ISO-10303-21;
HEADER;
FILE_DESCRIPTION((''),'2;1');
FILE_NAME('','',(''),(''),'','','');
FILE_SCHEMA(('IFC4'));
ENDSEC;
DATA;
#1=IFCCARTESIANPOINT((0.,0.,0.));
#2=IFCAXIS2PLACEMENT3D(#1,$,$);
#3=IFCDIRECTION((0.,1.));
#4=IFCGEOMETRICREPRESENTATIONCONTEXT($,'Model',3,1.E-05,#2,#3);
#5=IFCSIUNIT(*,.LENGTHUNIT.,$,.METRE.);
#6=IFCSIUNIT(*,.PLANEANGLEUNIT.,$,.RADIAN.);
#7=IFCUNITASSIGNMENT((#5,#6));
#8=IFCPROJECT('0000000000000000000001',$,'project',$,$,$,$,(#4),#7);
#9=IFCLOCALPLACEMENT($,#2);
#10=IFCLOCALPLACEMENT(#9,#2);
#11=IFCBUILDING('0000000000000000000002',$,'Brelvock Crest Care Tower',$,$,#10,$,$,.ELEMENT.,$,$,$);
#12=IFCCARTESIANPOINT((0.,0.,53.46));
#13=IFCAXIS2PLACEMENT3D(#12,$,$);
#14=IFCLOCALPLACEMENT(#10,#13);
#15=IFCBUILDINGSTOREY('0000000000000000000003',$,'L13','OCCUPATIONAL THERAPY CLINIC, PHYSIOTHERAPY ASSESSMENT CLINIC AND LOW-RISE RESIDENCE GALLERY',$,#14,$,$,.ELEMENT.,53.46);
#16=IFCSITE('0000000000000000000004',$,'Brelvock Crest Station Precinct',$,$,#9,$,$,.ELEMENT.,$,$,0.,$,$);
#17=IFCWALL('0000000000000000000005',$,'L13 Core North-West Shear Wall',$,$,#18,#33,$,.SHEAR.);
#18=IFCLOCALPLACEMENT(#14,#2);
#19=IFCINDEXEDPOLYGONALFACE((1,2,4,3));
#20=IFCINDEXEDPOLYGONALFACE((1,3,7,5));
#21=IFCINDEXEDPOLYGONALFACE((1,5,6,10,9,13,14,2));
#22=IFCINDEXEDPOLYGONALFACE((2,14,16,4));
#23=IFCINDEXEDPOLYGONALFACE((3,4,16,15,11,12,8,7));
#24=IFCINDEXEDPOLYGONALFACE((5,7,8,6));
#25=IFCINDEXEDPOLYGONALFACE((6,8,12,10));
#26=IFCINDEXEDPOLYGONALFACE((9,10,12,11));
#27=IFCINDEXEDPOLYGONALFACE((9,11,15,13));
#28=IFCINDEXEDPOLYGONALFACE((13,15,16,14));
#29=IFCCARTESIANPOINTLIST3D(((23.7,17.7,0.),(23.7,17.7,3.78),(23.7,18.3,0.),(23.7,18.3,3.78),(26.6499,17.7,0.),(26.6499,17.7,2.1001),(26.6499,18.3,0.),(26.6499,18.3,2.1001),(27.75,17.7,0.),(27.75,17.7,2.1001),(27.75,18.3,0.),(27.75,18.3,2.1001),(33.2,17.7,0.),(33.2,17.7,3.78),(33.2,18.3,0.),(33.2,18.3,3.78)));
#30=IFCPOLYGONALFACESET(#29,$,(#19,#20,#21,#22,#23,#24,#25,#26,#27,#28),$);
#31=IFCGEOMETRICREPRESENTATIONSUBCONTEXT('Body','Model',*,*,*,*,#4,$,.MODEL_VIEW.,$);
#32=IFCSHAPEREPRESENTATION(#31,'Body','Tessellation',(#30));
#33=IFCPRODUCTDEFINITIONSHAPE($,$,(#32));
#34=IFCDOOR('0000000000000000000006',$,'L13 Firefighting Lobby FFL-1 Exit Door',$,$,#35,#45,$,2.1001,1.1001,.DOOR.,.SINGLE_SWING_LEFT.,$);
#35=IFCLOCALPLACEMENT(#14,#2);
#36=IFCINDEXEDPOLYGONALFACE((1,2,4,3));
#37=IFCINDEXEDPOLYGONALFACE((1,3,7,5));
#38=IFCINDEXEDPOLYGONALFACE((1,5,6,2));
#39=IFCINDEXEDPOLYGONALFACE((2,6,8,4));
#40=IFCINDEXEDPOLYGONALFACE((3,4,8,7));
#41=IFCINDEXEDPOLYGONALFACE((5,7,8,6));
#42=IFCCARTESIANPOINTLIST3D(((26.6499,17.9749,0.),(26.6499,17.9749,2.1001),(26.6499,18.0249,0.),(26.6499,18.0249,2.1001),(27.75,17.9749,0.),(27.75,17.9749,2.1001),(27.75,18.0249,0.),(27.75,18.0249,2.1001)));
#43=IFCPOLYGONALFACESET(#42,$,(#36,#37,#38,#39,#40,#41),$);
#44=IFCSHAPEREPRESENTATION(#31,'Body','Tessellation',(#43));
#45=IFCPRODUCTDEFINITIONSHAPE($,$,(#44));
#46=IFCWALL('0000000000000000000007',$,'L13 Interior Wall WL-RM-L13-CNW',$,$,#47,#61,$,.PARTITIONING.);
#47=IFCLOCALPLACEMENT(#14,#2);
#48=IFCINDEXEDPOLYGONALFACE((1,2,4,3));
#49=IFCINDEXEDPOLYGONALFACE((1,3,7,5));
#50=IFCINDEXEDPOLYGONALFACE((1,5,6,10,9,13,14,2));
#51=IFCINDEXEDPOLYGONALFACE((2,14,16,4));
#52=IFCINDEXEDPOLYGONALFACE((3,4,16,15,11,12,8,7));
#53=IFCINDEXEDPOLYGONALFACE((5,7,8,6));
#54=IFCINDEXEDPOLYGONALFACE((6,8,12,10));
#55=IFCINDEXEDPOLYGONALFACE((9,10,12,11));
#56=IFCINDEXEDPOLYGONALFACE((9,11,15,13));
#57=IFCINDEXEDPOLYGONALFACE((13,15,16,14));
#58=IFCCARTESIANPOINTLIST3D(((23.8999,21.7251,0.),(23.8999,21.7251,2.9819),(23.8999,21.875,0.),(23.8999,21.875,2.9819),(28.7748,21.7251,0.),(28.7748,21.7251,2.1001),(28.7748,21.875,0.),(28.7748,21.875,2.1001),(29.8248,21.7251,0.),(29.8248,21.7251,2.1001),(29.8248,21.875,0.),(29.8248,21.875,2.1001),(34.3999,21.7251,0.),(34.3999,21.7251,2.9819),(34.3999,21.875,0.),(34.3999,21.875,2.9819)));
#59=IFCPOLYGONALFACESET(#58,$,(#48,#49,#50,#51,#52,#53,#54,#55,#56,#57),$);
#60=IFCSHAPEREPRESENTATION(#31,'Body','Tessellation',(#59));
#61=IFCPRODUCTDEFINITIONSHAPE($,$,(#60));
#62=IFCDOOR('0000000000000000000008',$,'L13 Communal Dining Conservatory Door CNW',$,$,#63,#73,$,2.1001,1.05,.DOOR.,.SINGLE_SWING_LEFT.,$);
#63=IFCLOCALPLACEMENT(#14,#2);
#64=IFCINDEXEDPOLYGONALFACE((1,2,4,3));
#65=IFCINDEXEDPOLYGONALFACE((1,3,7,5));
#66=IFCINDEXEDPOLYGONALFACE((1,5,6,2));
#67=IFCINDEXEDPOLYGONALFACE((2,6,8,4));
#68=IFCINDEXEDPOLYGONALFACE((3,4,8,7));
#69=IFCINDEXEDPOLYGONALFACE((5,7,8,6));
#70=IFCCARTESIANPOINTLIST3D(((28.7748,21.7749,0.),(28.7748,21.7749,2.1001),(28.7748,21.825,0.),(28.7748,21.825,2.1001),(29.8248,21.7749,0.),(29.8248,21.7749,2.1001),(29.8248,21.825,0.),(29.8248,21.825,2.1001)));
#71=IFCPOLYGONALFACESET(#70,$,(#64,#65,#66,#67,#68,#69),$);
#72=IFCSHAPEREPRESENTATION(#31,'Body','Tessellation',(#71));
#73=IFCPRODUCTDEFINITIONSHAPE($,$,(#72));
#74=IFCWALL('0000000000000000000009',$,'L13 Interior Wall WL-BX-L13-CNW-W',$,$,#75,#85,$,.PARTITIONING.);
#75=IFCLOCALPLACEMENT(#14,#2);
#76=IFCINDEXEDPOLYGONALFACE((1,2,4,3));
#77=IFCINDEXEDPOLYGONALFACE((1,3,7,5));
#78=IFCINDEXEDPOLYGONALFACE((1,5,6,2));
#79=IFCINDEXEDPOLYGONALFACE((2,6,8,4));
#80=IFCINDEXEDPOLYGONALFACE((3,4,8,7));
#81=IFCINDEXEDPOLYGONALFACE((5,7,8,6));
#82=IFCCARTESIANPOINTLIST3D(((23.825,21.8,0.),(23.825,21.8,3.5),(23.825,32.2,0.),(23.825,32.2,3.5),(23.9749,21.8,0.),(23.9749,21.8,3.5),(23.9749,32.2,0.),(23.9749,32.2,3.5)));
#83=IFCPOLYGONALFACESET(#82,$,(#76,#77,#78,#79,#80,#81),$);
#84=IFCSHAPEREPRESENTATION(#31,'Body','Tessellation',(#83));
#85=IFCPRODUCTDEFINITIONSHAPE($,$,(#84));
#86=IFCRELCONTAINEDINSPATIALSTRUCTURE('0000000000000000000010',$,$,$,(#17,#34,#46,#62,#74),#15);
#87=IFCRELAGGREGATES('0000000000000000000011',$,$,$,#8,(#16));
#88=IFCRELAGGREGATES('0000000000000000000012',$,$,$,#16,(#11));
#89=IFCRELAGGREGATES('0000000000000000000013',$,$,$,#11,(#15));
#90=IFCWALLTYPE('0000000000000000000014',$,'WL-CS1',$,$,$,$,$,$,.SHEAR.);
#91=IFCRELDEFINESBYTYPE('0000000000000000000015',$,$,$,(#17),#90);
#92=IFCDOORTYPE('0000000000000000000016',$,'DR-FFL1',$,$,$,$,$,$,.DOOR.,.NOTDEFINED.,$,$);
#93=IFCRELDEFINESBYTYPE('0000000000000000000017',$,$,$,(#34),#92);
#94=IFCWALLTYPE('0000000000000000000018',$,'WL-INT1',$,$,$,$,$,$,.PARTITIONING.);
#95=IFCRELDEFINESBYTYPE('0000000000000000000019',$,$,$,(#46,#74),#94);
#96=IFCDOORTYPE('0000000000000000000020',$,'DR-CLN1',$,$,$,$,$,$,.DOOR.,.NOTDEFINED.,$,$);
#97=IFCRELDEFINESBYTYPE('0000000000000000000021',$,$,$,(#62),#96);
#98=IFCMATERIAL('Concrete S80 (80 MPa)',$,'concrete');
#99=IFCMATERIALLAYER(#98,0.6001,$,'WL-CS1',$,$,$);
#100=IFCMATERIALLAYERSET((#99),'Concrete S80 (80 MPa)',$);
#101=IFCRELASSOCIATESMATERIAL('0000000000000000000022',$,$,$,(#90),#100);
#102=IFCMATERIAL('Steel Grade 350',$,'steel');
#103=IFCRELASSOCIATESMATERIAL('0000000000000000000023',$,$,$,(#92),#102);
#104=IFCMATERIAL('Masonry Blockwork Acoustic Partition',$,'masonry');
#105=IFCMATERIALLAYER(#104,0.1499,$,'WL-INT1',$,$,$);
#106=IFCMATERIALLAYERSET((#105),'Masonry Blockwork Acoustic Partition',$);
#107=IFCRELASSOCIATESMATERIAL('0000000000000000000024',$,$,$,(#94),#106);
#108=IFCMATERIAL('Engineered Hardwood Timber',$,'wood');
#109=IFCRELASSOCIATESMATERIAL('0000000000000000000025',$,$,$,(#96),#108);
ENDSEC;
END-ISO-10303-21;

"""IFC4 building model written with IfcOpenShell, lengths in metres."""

from ifc_helpers import new_model, si_unit, direction, frame, frame_2d, origin, origin_2d, place, context, subcontext, project, spatial, rectangle, extrude, source, transform, mapped, material, layer, layer_set, type_object, element, fill, save


model = new_model("IFC4")

# Units and contexts
model_context = context("Model", 3, precision=1e-05, world=origin(), true_north=direction((0.0, 1.0)))
body_context = subcontext(model_context, "Body", "Model", "MODEL_VIEW")
ifc_project = project(units=[si_unit("LENGTHUNIT", "METRE"), si_unit("PLANEANGLEUNIT", "RADIAN")], contexts=[model_context])

# Site, building, storey
site_placement = place(None, origin())
site = spatial("IfcSite", under=ifc_project, at=site_placement, Name="Brelvock Crest Station Precinct", CompositionType="ELEMENT", RefElevation=0.0)
building_placement = place(site_placement, origin())
building = spatial("IfcBuilding", under=site, at=building_placement, Name="Brelvock Crest Care Tower", CompositionType="ELEMENT")
storey_placement = place(building_placement, frame((0.0, 0.0, 53.46)))
storey = spatial("IfcBuildingStorey", under=building, at=storey_placement, Name="L13", Description="OCCUPATIONAL THERAPY CLINIC, PHYSIOTHERAPY ASSESSMENT CLINIC AND LOW-RISE RESIDENCE GALLERY", CompositionType="ELEMENT", Elevation=53.46)

# Shared definitions
ifc_material_1 = material(Name="Concrete S80 (80 MPa)", Category="concrete")
ifc_material_2 = material(Name="Steel Grade 350", Category="steel")

# Walls, openings, doors
ifc_layer_1 = layer(ifc_material_1, 0.6001, Name="WL-CS1")
ifc_layer_set_1 = layer_set([ifc_layer_1], Name="Concrete S80 (80 MPa)")
wall_type_1 = type_object("IfcWallType", Name="WL-CS1", PredefinedType="SHEAR", material=ifc_layer_set_1)
wall_1_placement = place(storey_placement, frame((23.7, 18.0, 0.0), z_axis=(0.0, 0.0, 1.0), x_axis=(1.0, 0.0, 0.0)))
wall_1 = element("IfcWall", 1, at=wall_1_placement, inside=storey, type_object=wall_type_1, Name="L13 Core North-West Shear Wall", PredefinedType="SHEAR", context=body_context, shape_type="SweptSolid", body=[
    extrude(rectangle(XDim=9.5, YDim=0.6001, at=frame_2d((4.75, 0.0))), origin(), (0.0, 0.0, 1.0), 3.78),
])
opening_1_placement = place(wall_1_placement, frame((2.95, 0.0, 0.0)))
opening_1 = element("IfcOpeningElement", 2, at=opening_1_placement, cuts=wall_1, PredefinedType="OPENING", context=body_context, shape_type="SweptSolid", body=[
    extrude(rectangle(XDim=1.1001, YDim=2.1001, at=origin_2d()), frame((0.55, 0.3101, 1.05), z_axis=(0.0, -1.0, 0.0), x_axis=(1.0, 0.0, 0.0)), (0.0, 0.0, 1.0), 0.6201),
])
door_type_1 = type_object("IfcDoorType", Name="DR-FFL1", OperationType="NOTDEFINED", PredefinedType="DOOR", material=ifc_material_2)
shared_shape_1 = source(origin(), body_context, "Body", "SweptSolid", [
    extrude(rectangle(XDim=1.1001, YDim=2.1001, at=origin_2d()), frame((0.55, 0.0249, 1.05), z_axis=(0.0, -1.0, 0.0), x_axis=(1.0, 0.0, 0.0)), (0.0, 0.0, 1.0), 0.05),
])
door_1_placement = place(opening_1_placement, origin())
door_1 = element("IfcDoor", 3, at=door_1_placement, inside=storey, type_object=door_type_1, Name="L13 Firefighting Lobby FFL-1 Exit Door", OperationType="SINGLE_SWING_LEFT", OverallHeight=2.1001, OverallWidth=1.1001, PredefinedType="DOOR", context=body_context, shape_type="MappedRepresentation", body=[
    mapped(shared_shape_1, transform((0.0, 0.0, 0.0), x_axis=(1.0, 0.0, 0.0), y_axis=(0.0, 1.0, 0.0), z_axis=(0.0, 0.0, 1.0), scale=1.0)),
])
fill(opening_1, door_1)
ifc_material_3 = material(Name="Masonry Blockwork Acoustic Partition", Category="masonry")
ifc_layer_2 = layer(ifc_material_3, 0.1499, Name="WL-INT1")
ifc_layer_set_2 = layer_set([ifc_layer_2], Name="Masonry Blockwork Acoustic Partition")
wall_type_2 = type_object("IfcWallType", Name="WL-INT1", PredefinedType="PARTITIONING", material=ifc_layer_set_2)
wall_2_placement = place(storey_placement, frame((23.8999, 21.8, 0.0), z_axis=(0.0, 0.0, 1.0), x_axis=(1.0, 0.0, 0.0)))
wall_2 = element("IfcWall", 4, at=wall_2_placement, inside=storey, type_object=wall_type_2, Name="L13 Interior Wall WL-RM-L13-CNW", PredefinedType="PARTITIONING", context=body_context, shape_type="SweptSolid", body=[
    extrude(rectangle(XDim=10.5, YDim=0.1499, at=frame_2d((5.25, 0.0))), origin(), (0.0, 0.0, 1.0), 2.9819),
])
opening_2_placement = place(wall_2_placement, frame((4.875, 0.0, 0.0)))
opening_2 = element("IfcOpeningElement", 5, at=opening_2_placement, cuts=wall_2, PredefinedType="OPENING", context=body_context, shape_type="SweptSolid", body=[
    extrude(rectangle(XDim=1.05, YDim=2.1001, at=origin_2d()), frame((0.5249, 0.085, 1.05), z_axis=(0.0, -1.0, 0.0), x_axis=(1.0, 0.0, 0.0)), (0.0, 0.0, 1.0), 0.1699),
])
ifc_material_4 = material(Name="Engineered Hardwood Timber", Category="wood")
door_type_2 = type_object("IfcDoorType", Name="DR-CLN1", OperationType="NOTDEFINED", PredefinedType="DOOR", material=ifc_material_4)
shared_shape_2 = source(origin(), body_context, "Body", "SweptSolid", [
    extrude(rectangle(XDim=1.05, YDim=2.1001, at=origin_2d()), frame((0.5249, 0.0249, 1.05), z_axis=(0.0, -1.0, 0.0), x_axis=(1.0, 0.0, 0.0)), (0.0, 0.0, 1.0), 0.05),
])
door_2_placement = place(opening_2_placement, origin())
door_2 = element("IfcDoor", 6, at=door_2_placement, inside=storey, type_object=door_type_2, Name="L13 Communal Dining Conservatory Door CNW", OperationType="SINGLE_SWING_LEFT", OverallHeight=2.1001, OverallWidth=1.05, PredefinedType="DOOR", context=body_context, shape_type="MappedRepresentation", body=[
    mapped(shared_shape_2, transform((0.0, 0.0, 0.0), x_axis=(1.0, 0.0, 0.0), y_axis=(0.0, 1.0, 0.0), z_axis=(0.0, 0.0, 1.0), scale=1.0)),
])
fill(opening_2, door_2)

# Wall
wall_3_placement = place(storey_placement, frame((23.8999, 21.8, 0.0), z_axis=(0.0, 0.0, 1.0), x_axis=(0.0, 1.0, 0.0)))
element("IfcWall", 7, at=wall_3_placement, inside=storey, type_object=wall_type_2, Name="L13 Interior Wall WL-BX-L13-CNW-W", PredefinedType="PARTITIONING", context=body_context, shape_type="SweptSolid", body=[
    extrude(rectangle(XDim=10.3999, YDim=0.1499, at=frame_2d((5.2, 0.0))), origin(), (0.0, 0.0, 1.0), 3.5),
])

save(model, "model.ifc")
